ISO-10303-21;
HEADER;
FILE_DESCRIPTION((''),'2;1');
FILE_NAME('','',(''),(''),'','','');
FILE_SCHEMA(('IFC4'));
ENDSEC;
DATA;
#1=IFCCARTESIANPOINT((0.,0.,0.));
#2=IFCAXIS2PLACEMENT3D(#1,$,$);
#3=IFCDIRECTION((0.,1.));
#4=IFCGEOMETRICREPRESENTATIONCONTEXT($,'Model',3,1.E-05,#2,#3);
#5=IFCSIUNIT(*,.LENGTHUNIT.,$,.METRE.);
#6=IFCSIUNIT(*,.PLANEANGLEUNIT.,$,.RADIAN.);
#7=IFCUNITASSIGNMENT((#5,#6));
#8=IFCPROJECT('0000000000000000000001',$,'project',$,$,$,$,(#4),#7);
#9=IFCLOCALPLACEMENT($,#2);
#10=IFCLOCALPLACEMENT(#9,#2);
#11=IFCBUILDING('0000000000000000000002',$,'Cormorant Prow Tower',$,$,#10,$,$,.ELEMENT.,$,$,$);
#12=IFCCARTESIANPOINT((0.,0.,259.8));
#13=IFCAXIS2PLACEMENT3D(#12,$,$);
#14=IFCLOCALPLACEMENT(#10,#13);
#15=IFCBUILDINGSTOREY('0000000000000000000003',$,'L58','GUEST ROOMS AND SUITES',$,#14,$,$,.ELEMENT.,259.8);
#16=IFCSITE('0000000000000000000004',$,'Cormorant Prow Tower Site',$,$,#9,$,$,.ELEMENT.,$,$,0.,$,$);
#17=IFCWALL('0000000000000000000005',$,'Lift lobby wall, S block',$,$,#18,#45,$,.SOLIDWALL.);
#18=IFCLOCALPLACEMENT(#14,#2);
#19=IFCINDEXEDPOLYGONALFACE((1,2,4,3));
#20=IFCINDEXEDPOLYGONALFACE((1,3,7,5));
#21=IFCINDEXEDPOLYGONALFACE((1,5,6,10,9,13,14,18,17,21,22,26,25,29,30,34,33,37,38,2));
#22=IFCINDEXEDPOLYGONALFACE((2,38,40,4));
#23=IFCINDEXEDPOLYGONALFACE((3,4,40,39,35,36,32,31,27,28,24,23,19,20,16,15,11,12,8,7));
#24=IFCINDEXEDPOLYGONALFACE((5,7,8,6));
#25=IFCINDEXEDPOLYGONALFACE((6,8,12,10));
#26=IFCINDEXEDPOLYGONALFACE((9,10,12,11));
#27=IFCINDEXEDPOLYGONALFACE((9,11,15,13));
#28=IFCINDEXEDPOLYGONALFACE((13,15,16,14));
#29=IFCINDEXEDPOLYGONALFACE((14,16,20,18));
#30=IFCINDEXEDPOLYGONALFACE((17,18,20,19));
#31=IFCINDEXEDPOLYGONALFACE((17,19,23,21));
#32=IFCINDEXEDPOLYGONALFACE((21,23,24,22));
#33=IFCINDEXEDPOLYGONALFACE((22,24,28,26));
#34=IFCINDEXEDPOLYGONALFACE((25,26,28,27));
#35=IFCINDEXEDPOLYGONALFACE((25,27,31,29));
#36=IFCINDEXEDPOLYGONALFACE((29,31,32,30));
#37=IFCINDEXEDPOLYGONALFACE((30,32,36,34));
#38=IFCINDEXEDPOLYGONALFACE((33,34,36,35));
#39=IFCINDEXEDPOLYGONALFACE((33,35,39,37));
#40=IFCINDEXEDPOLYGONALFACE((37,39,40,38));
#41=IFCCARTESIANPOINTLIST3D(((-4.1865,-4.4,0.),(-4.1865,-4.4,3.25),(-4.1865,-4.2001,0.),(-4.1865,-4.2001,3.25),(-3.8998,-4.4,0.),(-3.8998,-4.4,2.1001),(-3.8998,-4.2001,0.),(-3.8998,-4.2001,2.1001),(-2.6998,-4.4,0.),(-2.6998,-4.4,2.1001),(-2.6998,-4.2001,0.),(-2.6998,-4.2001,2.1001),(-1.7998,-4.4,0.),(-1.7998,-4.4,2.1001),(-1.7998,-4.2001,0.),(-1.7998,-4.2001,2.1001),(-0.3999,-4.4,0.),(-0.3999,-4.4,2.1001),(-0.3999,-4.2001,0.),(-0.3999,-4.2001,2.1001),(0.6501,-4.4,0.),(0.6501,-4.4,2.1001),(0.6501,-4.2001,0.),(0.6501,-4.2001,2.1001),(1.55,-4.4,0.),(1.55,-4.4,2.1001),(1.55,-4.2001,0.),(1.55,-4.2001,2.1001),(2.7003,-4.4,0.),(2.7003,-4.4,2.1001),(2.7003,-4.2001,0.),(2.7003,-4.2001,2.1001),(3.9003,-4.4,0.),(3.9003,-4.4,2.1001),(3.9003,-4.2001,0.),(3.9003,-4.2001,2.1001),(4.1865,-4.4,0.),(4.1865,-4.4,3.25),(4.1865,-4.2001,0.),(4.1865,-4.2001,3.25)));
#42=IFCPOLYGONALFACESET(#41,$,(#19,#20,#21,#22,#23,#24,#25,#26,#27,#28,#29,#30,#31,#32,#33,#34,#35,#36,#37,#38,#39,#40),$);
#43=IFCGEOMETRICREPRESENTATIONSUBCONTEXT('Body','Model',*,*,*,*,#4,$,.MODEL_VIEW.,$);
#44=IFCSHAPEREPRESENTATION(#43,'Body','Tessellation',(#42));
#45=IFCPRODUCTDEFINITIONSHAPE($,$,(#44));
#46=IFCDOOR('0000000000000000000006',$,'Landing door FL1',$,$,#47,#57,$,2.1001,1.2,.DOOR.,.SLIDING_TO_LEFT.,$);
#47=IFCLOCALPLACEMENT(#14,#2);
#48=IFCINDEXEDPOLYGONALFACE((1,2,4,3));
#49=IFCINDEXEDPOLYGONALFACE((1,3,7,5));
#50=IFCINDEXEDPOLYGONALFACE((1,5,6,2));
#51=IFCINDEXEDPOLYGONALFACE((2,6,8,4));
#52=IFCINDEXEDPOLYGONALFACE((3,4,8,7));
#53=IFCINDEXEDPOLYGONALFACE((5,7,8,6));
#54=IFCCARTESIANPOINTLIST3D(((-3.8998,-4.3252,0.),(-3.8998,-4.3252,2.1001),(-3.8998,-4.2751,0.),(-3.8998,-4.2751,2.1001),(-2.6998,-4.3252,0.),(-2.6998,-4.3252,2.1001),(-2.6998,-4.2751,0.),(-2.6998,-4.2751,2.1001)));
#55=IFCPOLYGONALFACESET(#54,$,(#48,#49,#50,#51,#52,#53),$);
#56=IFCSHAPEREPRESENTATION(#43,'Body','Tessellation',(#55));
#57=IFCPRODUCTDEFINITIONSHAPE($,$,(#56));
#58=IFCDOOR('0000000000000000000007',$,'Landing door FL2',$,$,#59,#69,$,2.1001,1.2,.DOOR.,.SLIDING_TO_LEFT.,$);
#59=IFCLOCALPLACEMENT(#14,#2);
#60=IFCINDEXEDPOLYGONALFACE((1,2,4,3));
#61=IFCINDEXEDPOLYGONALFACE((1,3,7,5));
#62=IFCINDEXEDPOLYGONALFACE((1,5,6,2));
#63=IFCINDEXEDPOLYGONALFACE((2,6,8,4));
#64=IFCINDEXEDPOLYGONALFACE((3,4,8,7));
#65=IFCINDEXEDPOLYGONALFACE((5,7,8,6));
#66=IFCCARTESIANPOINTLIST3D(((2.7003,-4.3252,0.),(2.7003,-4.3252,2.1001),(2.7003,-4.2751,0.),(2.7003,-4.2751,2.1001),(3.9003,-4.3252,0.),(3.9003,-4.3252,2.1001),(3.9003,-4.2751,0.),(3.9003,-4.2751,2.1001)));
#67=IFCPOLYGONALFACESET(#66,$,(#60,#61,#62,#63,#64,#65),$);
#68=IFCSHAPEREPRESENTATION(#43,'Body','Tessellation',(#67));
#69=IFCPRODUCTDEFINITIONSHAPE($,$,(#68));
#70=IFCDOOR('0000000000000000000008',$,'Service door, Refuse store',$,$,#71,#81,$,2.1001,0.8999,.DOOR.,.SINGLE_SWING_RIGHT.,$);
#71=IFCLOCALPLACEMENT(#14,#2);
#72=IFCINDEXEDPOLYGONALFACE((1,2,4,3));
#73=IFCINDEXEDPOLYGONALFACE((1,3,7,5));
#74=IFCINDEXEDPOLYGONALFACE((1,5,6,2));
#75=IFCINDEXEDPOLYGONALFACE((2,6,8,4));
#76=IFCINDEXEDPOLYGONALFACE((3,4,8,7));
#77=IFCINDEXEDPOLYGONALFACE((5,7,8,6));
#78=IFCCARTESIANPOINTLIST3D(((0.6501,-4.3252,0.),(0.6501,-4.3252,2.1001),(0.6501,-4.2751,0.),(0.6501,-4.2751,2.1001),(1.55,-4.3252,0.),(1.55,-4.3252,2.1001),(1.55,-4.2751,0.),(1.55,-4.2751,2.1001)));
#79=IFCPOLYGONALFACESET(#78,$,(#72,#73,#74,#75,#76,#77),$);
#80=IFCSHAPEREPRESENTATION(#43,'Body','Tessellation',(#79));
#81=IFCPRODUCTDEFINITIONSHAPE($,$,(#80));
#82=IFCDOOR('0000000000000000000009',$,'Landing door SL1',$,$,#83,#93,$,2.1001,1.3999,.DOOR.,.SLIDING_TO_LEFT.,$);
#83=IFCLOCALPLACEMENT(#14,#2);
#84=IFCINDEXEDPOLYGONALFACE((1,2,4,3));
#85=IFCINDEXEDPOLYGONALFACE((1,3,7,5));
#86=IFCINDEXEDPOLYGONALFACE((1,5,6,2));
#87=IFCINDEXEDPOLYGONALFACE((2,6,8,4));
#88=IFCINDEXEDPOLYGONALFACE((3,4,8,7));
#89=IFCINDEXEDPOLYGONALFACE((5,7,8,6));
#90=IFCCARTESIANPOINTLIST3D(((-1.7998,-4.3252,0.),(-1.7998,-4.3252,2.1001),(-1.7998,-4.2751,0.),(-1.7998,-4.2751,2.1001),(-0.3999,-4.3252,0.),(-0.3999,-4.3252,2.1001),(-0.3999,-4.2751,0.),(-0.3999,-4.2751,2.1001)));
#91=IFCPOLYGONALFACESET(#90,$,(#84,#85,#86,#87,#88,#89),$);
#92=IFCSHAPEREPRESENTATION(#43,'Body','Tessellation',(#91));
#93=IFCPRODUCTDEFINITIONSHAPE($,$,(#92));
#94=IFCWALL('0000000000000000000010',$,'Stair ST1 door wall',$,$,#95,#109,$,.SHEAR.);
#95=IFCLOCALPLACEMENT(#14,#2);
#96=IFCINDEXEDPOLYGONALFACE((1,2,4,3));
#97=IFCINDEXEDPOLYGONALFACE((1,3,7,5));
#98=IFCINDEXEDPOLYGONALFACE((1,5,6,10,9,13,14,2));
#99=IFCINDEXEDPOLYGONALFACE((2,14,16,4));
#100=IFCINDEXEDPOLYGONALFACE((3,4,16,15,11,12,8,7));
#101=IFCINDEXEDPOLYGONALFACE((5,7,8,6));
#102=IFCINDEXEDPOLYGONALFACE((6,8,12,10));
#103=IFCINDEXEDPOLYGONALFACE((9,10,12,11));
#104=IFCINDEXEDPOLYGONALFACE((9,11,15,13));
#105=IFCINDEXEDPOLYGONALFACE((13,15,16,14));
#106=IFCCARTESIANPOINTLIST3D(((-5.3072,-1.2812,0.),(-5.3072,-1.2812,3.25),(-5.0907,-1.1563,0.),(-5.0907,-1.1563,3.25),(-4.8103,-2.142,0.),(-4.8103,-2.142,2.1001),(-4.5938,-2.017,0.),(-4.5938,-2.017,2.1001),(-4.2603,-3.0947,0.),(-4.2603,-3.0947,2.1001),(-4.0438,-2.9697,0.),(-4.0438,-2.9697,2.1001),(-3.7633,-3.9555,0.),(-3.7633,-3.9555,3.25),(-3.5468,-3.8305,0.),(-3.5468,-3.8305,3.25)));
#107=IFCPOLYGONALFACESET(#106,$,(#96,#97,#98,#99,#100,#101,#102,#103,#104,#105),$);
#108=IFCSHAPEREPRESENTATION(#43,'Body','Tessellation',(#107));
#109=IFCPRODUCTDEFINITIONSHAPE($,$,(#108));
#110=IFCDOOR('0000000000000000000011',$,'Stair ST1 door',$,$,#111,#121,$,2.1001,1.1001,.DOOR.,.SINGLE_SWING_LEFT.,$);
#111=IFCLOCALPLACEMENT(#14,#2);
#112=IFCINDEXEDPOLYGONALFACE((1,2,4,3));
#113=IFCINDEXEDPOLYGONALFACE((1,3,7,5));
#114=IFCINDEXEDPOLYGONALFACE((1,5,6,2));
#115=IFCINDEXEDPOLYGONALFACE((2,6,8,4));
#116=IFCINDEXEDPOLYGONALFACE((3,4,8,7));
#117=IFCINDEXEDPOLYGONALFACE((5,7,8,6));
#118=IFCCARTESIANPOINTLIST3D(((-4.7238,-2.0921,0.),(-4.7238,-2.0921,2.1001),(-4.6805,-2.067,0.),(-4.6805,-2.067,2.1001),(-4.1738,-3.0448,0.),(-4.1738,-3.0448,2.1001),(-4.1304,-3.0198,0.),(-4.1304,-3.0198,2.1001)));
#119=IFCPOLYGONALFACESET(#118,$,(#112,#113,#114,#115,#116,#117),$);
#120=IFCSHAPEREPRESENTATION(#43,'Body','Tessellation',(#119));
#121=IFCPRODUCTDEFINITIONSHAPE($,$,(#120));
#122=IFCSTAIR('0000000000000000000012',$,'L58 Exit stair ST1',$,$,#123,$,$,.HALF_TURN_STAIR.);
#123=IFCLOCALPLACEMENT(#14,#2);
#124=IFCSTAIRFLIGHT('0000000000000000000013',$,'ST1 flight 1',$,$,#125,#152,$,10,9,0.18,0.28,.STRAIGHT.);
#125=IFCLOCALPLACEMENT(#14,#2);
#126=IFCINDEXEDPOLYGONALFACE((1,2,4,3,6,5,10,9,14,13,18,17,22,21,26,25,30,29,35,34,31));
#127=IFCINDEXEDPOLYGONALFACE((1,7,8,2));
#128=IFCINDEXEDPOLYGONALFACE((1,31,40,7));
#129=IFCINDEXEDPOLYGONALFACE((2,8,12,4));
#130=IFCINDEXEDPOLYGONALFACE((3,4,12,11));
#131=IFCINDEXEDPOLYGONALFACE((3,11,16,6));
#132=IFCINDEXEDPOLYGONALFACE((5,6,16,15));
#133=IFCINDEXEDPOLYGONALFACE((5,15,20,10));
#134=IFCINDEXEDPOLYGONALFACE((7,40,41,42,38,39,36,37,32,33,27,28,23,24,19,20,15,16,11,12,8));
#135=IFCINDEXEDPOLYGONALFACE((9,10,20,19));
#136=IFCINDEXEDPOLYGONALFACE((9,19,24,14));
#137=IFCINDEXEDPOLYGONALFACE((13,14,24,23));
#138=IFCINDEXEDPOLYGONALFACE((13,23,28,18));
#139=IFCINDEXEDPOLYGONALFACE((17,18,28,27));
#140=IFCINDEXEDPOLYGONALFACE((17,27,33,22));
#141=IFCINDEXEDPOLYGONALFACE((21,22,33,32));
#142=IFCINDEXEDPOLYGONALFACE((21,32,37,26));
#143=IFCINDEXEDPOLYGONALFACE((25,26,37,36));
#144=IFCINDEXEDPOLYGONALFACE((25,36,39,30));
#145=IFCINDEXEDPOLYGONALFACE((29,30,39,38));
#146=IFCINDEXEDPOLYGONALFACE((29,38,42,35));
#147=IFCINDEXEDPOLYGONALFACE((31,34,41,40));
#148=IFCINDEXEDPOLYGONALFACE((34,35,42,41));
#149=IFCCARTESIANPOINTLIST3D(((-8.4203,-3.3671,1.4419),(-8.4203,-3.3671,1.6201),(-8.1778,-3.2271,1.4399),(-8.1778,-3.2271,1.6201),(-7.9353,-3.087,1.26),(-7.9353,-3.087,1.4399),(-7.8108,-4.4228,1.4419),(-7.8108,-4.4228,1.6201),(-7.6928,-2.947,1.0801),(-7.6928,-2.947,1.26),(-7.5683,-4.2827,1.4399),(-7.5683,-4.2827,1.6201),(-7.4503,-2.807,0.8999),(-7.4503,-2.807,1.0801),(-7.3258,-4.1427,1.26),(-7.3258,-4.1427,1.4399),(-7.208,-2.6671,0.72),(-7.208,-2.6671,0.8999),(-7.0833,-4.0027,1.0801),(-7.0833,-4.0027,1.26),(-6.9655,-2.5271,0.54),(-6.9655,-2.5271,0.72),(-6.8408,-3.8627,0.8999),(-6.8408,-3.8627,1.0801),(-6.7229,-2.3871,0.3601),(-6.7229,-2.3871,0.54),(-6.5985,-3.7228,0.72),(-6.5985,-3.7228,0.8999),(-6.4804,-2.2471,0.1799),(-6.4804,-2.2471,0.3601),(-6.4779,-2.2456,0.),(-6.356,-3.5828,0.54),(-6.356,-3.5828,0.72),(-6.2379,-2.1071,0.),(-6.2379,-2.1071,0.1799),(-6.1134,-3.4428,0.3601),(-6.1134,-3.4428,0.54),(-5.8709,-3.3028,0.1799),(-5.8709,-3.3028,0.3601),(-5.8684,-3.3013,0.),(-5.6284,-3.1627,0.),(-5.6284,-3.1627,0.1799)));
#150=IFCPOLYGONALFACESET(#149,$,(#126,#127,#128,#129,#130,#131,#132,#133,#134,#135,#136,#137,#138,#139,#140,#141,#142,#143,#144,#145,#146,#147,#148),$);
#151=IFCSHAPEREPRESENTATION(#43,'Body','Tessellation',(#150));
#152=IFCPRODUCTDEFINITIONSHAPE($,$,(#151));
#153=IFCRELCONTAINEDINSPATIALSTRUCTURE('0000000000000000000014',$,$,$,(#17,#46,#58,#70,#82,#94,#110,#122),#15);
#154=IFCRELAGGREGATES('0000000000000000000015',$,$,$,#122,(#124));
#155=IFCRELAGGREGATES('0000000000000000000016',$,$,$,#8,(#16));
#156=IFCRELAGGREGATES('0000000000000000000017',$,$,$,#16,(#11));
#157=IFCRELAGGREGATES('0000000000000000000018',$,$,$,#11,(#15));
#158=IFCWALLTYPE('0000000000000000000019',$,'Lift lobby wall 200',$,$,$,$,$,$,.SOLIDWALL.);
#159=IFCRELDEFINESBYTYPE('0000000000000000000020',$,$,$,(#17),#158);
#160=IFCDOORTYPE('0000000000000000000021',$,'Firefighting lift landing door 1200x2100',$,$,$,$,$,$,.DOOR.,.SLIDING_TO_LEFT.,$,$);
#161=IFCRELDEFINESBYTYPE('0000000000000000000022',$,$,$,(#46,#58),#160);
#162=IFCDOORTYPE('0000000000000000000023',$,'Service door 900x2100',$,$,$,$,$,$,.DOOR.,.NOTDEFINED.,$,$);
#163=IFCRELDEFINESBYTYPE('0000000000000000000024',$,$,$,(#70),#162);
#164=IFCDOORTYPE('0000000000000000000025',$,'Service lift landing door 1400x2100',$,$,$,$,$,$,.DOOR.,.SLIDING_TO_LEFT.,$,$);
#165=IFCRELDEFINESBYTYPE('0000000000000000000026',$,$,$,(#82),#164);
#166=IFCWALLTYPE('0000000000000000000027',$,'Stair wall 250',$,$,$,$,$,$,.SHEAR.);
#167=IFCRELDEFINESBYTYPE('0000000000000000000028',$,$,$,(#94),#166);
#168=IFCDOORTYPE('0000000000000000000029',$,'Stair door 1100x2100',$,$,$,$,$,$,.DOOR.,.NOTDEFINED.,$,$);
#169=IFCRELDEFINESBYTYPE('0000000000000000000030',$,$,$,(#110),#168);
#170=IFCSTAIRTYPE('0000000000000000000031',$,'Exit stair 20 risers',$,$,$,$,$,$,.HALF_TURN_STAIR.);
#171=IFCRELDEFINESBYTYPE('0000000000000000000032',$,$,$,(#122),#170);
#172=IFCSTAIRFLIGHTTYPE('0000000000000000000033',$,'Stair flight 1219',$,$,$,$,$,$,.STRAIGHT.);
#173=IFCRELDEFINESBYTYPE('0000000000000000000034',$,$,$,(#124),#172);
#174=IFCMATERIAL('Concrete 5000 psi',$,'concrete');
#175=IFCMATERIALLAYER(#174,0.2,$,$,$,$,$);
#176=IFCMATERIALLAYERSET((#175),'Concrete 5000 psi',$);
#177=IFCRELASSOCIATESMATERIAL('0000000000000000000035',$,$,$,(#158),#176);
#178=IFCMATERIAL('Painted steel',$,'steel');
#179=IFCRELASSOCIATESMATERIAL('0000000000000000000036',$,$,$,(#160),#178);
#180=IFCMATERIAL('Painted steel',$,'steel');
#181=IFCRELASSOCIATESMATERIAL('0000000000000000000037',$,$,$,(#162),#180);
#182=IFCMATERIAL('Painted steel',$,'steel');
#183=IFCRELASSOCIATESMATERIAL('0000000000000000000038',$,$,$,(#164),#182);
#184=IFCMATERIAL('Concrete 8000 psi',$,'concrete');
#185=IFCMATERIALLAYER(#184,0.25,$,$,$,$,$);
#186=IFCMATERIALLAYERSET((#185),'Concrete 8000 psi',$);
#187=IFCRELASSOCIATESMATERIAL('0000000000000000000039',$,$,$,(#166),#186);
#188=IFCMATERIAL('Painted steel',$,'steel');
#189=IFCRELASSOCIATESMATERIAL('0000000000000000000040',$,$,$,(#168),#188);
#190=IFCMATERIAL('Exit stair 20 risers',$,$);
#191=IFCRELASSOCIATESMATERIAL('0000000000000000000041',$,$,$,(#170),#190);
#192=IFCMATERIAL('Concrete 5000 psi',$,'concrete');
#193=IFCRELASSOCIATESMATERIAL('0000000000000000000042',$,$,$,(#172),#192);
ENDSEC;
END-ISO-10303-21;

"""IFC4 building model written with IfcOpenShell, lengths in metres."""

from ifc_helpers import new_model, si_unit, direction, frame, frame_2d, origin, place, context, subcontext, project, spatial, polyline, rectangle, outline, extrude, material, layer, layer_set, type_object, element, fill, aggregate, save


model = new_model("IFC4")

# Units and contexts
model_context = context("Model", 3, precision=1e-05, world=origin(), true_north=direction((0.0, 1.0)))
body_context = subcontext(model_context, "Body", "Model", "MODEL_VIEW")
ifc_project = project(units=[si_unit("LENGTHUNIT", "METRE"), si_unit("PLANEANGLEUNIT", "RADIAN")], contexts=[model_context])

# Site, building, storey
site_placement = place(None, origin())
site = spatial("IfcSite", under=ifc_project, at=site_placement, Name="Cormorant Prow Tower Site", CompositionType="ELEMENT", RefElevation=0.0)
building_placement = place(site_placement, origin())
building = spatial("IfcBuilding", under=site, at=building_placement, Name="Cormorant Prow Tower", CompositionType="ELEMENT")
storey_placement = place(building_placement, frame((0.0, 0.0, 259.8)))
storey = spatial("IfcBuildingStorey", under=building, at=storey_placement, Name="L58", Description="GUEST ROOMS AND SUITES", CompositionType="ELEMENT", Elevation=259.8)

# Wall, openings, doors
ifc_material_1 = material(Name="Concrete 5000 psi", Category="concrete")
ifc_layer_1 = layer(ifc_material_1, 0.2)
ifc_layer_set_1 = layer_set([ifc_layer_1], Name="Concrete 5000 psi")
wall_type_1 = type_object("IfcWallType", Name="Lift lobby wall 200", PredefinedType="SOLIDWALL", material=ifc_layer_set_1)
wall_1_placement = place(storey_placement, frame((-4.1865, -4.3, 0.0), z_axis=(0.0, 0.0, 1.0), x_axis=(1.0, 0.0, 0.0)))
wall_1 = element("IfcWall", 1, at=wall_1_placement, inside=storey, type_object=wall_type_1, Name="Lift lobby wall, S block", PredefinedType="SOLIDWALL", context=body_context, shape_type="SweptSolid", body=[
    extrude(rectangle(XDim=8.373, YDim=0.2, at=frame_2d((4.1865, 0.0))), origin(), (0.0, 0.0, 1.0), 3.25),
])
opening_1_placement = place(wall_1_placement, frame((0.2866, 0.0, 0.0)))
opening_1 = element("IfcOpeningElement", 2, at=opening_1_placement, cuts=wall_1, PredefinedType="OPENING", context=body_context, shape_type="SweptSolid", body=[
    extrude(rectangle(XDim=1.2, YDim=2.1001, at=frame_2d((0.6001, 1.05))), frame((0.0, 0.1099, 0.0), z_axis=(0.0, -1.0, 0.0), x_axis=(1.0, 0.0, 0.0)), (0.0, 0.0, 1.0), 0.22),
])
opening_2_placement = place(wall_1_placement, frame((2.3867, 0.0, 0.0)))
opening_2 = element("IfcOpeningElement", 3, at=opening_2_placement, cuts=wall_1, PredefinedType="OPENING", context=body_context, shape_type="SweptSolid", body=[
    extrude(rectangle(XDim=1.3999, YDim=2.1001, at=frame_2d((0.7, 1.05))), frame((0.0, 0.1099, 0.0), z_axis=(0.0, -1.0, 0.0), x_axis=(1.0, 0.0, 0.0)), (0.0, 0.0, 1.0), 0.22),
])
opening_3_placement = place(wall_1_placement, frame((4.8367, 0.0, 0.0)))
opening_3 = element("IfcOpeningElement", 4, at=opening_3_placement, cuts=wall_1, PredefinedType="OPENING", context=body_context, shape_type="SweptSolid", body=[
    extrude(rectangle(XDim=0.8999, YDim=2.1001, at=frame_2d((0.45, 1.05))), frame((0.0, 0.1099, 0.0), z_axis=(0.0, -1.0, 0.0), x_axis=(1.0, 0.0, 0.0)), (0.0, 0.0, 1.0), 0.22),
])
opening_4_placement = place(wall_1_placement, frame((6.8867, 0.0, 0.0)))
opening_4 = element("IfcOpeningElement", 5, at=opening_4_placement, cuts=wall_1, PredefinedType="OPENING", context=body_context, shape_type="SweptSolid", body=[
    extrude(rectangle(XDim=1.2, YDim=2.1001, at=frame_2d((0.6001, 1.05))), frame((0.0, 0.1099, 0.0), z_axis=(0.0, -1.0, 0.0), x_axis=(1.0, 0.0, 0.0)), (0.0, 0.0, 1.0), 0.22),
])
ifc_material_2 = material(Name="Painted steel", Category="steel")
door_type_1 = type_object("IfcDoorType", Name="Firefighting lift landing door 1200x2100", OperationType="SLIDING_TO_LEFT", PredefinedType="DOOR", material=ifc_material_2)
door_1_placement = place(opening_1_placement, origin())
door_1 = element("IfcDoor", 6, at=door_1_placement, inside=storey, type_object=door_type_1, Name="Landing door FL1", OperationType="SLIDING_TO_LEFT", OverallHeight=2.1001, OverallWidth=1.2, PredefinedType="DOOR", context=body_context, shape_type="SweptSolid", body=[
    extrude(rectangle(XDim=1.2, YDim=2.1001, at=frame_2d((0.6001, 1.05))), frame((0.0, 0.0249, 0.0), z_axis=(0.0, -1.0, 0.0), x_axis=(1.0, 0.0, 0.0)), (0.0, 0.0, 1.0), 0.05),
])
fill(opening_1, door_1)
door_2_placement = place(opening_4_placement, origin())
door_2 = element("IfcDoor", 7, at=door_2_placement, inside=storey, type_object=door_type_1, Name="Landing door FL2", OperationType="SLIDING_TO_LEFT", OverallHeight=2.1001, OverallWidth=1.2, PredefinedType="DOOR", context=body_context, shape_type="SweptSolid", body=[
    extrude(rectangle(XDim=1.2, YDim=2.1001, at=frame_2d((0.6001, 1.05))), frame((0.0, 0.0249, 0.0), z_axis=(0.0, -1.0, 0.0), x_axis=(1.0, 0.0, 0.0)), (0.0, 0.0, 1.0), 0.05),
])
fill(opening_4, door_2)
ifc_material_3 = material(Name="Painted steel", Category="steel")
door_type_2 = type_object("IfcDoorType", Name="Service door 900x2100", OperationType="NOTDEFINED", PredefinedType="DOOR", material=ifc_material_3)
door_3_placement = place(opening_3_placement, origin())
door_3 = element("IfcDoor", 8, at=door_3_placement, inside=storey, type_object=door_type_2, Name="Service door, Refuse store", OperationType="SINGLE_SWING_RIGHT", OverallHeight=2.1001, OverallWidth=0.8999, PredefinedType="DOOR", context=body_context, shape_type="SweptSolid", body=[
    extrude(rectangle(XDim=0.8999, YDim=2.1001, at=frame_2d((0.45, 1.05))), frame((0.0, 0.0249, 0.0), z_axis=(0.0, -1.0, 0.0), x_axis=(1.0, 0.0, 0.0)), (0.0, 0.0, 1.0), 0.05),
])
fill(opening_3, door_3)
ifc_material_4 = material(Name="Painted steel", Category="steel")
door_type_3 = type_object("IfcDoorType", Name="Service lift landing door 1400x2100", OperationType="SLIDING_TO_LEFT", PredefinedType="DOOR", material=ifc_material_4)
door_4_placement = place(opening_2_placement, origin())
door_4 = element("IfcDoor", 9, at=door_4_placement, inside=storey, type_object=door_type_3, Name="Landing door SL1", OperationType="SLIDING_TO_LEFT", OverallHeight=2.1001, OverallWidth=1.3999, PredefinedType="DOOR", context=body_context, shape_type="SweptSolid", body=[
    extrude(rectangle(XDim=1.3999, YDim=2.1001, at=frame_2d((0.7, 1.05))), frame((0.0, 0.0249, 0.0), z_axis=(0.0, -1.0, 0.0), x_axis=(1.0, 0.0, 0.0)), (0.0, 0.0, 1.0), 0.05),
])
fill(opening_2, door_4)

# Wall, opening, door
ifc_material_5 = material(Name="Concrete 8000 psi", Category="concrete")
ifc_layer_2 = layer(ifc_material_5, 0.25)
ifc_layer_set_2 = layer_set([ifc_layer_2], Name="Concrete 8000 psi")
wall_type_2 = type_object("IfcWallType", Name="Stair wall 250", PredefinedType="SHEAR", material=ifc_layer_set_2)
wall_2_placement = place(storey_placement, frame((-5.199, -1.2188, 0.0), z_axis=(0.0, 0.0, 1.0), x_axis=(0.499983, -0.866035, 0.0)))
wall_2 = element("IfcWall", 10, at=wall_2_placement, inside=storey, type_object=wall_type_2, Name="Stair ST1 door wall", PredefinedType="SHEAR", context=body_context, shape_type="SweptSolid", body=[
    extrude(rectangle(XDim=3.0879, YDim=0.25, at=frame_2d((1.5439, 0.0))), origin(), (0.0, 0.0, 1.0), 3.25),
])
opening_5_placement = place(wall_2_placement, frame((0.9939, 0.0, 0.0)))
opening_5 = element("IfcOpeningElement", 11, at=opening_5_placement, cuts=wall_2, PredefinedType="OPENING", context=body_context, shape_type="SweptSolid", body=[
    extrude(rectangle(XDim=1.1001, YDim=2.1001, at=frame_2d((0.55, 1.05))), frame((0.0, 0.135, 0.0), z_axis=(0.0, -1.0, 0.0), x_axis=(1.0, 0.0, 0.0)), (0.0, 0.0, 1.0), 0.27),
])
ifc_material_6 = material(Name="Painted steel", Category="steel")
door_type_4 = type_object("IfcDoorType", Name="Stair door 1100x2100", OperationType="NOTDEFINED", PredefinedType="DOOR", material=ifc_material_6)
door_5_placement = place(opening_5_placement, origin())
door_5 = element("IfcDoor", 12, at=door_5_placement, inside=storey, type_object=door_type_4, Name="Stair ST1 door", OperationType="SINGLE_SWING_LEFT", OverallHeight=2.1001, OverallWidth=1.1001, PredefinedType="DOOR", context=body_context, shape_type="SweptSolid", body=[
    extrude(rectangle(XDim=1.1001, YDim=2.1001, at=frame_2d((0.55, 1.05))), frame((0.0, 0.0249, 0.0), z_axis=(0.0, -1.0, 0.0), x_axis=(1.0, 0.0, 0.0)), (0.0, 0.0, 1.0), 0.05),
])
fill(opening_5, door_5)

# Stair, stair flight
ifc_material_7 = material(Name="Exit stair 20 risers")
stair_type = type_object("IfcStairType", Name="Exit stair 20 risers", PredefinedType="HALF_TURN_STAIR", material=ifc_material_7)
stair_placement = place(storey_placement, origin())
stair = element("IfcStair", 13, at=stair_placement, inside=storey, type_object=stair_type, Name="L58 Exit stair ST1", PredefinedType="HALF_TURN_STAIR")
ifc_material_8 = material(Name="Concrete 5000 psi", Category="concrete")
stair_flight_type = type_object("IfcStairFlightType", Name="Stair flight 1219", PredefinedType="STRAIGHT", material=ifc_material_8)
stair_flight_1_placement = place(storey_placement, frame((-5.9331, -2.635, 0.0), z_axis=(0.0, 0.0, 1.0), x_axis=(-0.866025, -0.5, 0.0)))
stair_flight_1 = element("IfcStairFlight", 14, at=stair_flight_1_placement, type_object=stair_flight_type, Name="ST1 flight 1", NumberOfRisers=10, NumberOfTreads=9, PredefinedType="STRAIGHT", RiserHeight=0.18, TreadLength=0.28, context=body_context, shape_type="SweptSolid", body=[
    extrude(outline(polyline([(0.0, 0.0), (0.0, 0.1799), (0.28, 0.1799), (0.28, 0.3601), (0.5601, 0.3601), (0.5601, 0.54), (0.8401, 0.54), (0.8401, 0.72), (1.1201, 0.72), (1.1201, 0.8999), (1.3999, 0.8999), (1.3999, 1.0801), (1.6799, 1.0801), (1.6799, 1.26), (1.96, 1.26), (1.96, 1.4399), (2.24, 1.4399), (2.24, 1.6201), (2.52, 1.6201), (2.52, 1.8), (2.52, 1.4419), (0.2771, 0.0), (0.0, 0.0)])), frame((0.0, 0.6094, 0.0), z_axis=(0.0, -1.0, 0.0), x_axis=(1.0, 0.0, 0.0)), (0.0, 0.0, 1.0), 1.219),
])
aggregate(stair, [stair_flight_1])

save(model, "model.ifc")
